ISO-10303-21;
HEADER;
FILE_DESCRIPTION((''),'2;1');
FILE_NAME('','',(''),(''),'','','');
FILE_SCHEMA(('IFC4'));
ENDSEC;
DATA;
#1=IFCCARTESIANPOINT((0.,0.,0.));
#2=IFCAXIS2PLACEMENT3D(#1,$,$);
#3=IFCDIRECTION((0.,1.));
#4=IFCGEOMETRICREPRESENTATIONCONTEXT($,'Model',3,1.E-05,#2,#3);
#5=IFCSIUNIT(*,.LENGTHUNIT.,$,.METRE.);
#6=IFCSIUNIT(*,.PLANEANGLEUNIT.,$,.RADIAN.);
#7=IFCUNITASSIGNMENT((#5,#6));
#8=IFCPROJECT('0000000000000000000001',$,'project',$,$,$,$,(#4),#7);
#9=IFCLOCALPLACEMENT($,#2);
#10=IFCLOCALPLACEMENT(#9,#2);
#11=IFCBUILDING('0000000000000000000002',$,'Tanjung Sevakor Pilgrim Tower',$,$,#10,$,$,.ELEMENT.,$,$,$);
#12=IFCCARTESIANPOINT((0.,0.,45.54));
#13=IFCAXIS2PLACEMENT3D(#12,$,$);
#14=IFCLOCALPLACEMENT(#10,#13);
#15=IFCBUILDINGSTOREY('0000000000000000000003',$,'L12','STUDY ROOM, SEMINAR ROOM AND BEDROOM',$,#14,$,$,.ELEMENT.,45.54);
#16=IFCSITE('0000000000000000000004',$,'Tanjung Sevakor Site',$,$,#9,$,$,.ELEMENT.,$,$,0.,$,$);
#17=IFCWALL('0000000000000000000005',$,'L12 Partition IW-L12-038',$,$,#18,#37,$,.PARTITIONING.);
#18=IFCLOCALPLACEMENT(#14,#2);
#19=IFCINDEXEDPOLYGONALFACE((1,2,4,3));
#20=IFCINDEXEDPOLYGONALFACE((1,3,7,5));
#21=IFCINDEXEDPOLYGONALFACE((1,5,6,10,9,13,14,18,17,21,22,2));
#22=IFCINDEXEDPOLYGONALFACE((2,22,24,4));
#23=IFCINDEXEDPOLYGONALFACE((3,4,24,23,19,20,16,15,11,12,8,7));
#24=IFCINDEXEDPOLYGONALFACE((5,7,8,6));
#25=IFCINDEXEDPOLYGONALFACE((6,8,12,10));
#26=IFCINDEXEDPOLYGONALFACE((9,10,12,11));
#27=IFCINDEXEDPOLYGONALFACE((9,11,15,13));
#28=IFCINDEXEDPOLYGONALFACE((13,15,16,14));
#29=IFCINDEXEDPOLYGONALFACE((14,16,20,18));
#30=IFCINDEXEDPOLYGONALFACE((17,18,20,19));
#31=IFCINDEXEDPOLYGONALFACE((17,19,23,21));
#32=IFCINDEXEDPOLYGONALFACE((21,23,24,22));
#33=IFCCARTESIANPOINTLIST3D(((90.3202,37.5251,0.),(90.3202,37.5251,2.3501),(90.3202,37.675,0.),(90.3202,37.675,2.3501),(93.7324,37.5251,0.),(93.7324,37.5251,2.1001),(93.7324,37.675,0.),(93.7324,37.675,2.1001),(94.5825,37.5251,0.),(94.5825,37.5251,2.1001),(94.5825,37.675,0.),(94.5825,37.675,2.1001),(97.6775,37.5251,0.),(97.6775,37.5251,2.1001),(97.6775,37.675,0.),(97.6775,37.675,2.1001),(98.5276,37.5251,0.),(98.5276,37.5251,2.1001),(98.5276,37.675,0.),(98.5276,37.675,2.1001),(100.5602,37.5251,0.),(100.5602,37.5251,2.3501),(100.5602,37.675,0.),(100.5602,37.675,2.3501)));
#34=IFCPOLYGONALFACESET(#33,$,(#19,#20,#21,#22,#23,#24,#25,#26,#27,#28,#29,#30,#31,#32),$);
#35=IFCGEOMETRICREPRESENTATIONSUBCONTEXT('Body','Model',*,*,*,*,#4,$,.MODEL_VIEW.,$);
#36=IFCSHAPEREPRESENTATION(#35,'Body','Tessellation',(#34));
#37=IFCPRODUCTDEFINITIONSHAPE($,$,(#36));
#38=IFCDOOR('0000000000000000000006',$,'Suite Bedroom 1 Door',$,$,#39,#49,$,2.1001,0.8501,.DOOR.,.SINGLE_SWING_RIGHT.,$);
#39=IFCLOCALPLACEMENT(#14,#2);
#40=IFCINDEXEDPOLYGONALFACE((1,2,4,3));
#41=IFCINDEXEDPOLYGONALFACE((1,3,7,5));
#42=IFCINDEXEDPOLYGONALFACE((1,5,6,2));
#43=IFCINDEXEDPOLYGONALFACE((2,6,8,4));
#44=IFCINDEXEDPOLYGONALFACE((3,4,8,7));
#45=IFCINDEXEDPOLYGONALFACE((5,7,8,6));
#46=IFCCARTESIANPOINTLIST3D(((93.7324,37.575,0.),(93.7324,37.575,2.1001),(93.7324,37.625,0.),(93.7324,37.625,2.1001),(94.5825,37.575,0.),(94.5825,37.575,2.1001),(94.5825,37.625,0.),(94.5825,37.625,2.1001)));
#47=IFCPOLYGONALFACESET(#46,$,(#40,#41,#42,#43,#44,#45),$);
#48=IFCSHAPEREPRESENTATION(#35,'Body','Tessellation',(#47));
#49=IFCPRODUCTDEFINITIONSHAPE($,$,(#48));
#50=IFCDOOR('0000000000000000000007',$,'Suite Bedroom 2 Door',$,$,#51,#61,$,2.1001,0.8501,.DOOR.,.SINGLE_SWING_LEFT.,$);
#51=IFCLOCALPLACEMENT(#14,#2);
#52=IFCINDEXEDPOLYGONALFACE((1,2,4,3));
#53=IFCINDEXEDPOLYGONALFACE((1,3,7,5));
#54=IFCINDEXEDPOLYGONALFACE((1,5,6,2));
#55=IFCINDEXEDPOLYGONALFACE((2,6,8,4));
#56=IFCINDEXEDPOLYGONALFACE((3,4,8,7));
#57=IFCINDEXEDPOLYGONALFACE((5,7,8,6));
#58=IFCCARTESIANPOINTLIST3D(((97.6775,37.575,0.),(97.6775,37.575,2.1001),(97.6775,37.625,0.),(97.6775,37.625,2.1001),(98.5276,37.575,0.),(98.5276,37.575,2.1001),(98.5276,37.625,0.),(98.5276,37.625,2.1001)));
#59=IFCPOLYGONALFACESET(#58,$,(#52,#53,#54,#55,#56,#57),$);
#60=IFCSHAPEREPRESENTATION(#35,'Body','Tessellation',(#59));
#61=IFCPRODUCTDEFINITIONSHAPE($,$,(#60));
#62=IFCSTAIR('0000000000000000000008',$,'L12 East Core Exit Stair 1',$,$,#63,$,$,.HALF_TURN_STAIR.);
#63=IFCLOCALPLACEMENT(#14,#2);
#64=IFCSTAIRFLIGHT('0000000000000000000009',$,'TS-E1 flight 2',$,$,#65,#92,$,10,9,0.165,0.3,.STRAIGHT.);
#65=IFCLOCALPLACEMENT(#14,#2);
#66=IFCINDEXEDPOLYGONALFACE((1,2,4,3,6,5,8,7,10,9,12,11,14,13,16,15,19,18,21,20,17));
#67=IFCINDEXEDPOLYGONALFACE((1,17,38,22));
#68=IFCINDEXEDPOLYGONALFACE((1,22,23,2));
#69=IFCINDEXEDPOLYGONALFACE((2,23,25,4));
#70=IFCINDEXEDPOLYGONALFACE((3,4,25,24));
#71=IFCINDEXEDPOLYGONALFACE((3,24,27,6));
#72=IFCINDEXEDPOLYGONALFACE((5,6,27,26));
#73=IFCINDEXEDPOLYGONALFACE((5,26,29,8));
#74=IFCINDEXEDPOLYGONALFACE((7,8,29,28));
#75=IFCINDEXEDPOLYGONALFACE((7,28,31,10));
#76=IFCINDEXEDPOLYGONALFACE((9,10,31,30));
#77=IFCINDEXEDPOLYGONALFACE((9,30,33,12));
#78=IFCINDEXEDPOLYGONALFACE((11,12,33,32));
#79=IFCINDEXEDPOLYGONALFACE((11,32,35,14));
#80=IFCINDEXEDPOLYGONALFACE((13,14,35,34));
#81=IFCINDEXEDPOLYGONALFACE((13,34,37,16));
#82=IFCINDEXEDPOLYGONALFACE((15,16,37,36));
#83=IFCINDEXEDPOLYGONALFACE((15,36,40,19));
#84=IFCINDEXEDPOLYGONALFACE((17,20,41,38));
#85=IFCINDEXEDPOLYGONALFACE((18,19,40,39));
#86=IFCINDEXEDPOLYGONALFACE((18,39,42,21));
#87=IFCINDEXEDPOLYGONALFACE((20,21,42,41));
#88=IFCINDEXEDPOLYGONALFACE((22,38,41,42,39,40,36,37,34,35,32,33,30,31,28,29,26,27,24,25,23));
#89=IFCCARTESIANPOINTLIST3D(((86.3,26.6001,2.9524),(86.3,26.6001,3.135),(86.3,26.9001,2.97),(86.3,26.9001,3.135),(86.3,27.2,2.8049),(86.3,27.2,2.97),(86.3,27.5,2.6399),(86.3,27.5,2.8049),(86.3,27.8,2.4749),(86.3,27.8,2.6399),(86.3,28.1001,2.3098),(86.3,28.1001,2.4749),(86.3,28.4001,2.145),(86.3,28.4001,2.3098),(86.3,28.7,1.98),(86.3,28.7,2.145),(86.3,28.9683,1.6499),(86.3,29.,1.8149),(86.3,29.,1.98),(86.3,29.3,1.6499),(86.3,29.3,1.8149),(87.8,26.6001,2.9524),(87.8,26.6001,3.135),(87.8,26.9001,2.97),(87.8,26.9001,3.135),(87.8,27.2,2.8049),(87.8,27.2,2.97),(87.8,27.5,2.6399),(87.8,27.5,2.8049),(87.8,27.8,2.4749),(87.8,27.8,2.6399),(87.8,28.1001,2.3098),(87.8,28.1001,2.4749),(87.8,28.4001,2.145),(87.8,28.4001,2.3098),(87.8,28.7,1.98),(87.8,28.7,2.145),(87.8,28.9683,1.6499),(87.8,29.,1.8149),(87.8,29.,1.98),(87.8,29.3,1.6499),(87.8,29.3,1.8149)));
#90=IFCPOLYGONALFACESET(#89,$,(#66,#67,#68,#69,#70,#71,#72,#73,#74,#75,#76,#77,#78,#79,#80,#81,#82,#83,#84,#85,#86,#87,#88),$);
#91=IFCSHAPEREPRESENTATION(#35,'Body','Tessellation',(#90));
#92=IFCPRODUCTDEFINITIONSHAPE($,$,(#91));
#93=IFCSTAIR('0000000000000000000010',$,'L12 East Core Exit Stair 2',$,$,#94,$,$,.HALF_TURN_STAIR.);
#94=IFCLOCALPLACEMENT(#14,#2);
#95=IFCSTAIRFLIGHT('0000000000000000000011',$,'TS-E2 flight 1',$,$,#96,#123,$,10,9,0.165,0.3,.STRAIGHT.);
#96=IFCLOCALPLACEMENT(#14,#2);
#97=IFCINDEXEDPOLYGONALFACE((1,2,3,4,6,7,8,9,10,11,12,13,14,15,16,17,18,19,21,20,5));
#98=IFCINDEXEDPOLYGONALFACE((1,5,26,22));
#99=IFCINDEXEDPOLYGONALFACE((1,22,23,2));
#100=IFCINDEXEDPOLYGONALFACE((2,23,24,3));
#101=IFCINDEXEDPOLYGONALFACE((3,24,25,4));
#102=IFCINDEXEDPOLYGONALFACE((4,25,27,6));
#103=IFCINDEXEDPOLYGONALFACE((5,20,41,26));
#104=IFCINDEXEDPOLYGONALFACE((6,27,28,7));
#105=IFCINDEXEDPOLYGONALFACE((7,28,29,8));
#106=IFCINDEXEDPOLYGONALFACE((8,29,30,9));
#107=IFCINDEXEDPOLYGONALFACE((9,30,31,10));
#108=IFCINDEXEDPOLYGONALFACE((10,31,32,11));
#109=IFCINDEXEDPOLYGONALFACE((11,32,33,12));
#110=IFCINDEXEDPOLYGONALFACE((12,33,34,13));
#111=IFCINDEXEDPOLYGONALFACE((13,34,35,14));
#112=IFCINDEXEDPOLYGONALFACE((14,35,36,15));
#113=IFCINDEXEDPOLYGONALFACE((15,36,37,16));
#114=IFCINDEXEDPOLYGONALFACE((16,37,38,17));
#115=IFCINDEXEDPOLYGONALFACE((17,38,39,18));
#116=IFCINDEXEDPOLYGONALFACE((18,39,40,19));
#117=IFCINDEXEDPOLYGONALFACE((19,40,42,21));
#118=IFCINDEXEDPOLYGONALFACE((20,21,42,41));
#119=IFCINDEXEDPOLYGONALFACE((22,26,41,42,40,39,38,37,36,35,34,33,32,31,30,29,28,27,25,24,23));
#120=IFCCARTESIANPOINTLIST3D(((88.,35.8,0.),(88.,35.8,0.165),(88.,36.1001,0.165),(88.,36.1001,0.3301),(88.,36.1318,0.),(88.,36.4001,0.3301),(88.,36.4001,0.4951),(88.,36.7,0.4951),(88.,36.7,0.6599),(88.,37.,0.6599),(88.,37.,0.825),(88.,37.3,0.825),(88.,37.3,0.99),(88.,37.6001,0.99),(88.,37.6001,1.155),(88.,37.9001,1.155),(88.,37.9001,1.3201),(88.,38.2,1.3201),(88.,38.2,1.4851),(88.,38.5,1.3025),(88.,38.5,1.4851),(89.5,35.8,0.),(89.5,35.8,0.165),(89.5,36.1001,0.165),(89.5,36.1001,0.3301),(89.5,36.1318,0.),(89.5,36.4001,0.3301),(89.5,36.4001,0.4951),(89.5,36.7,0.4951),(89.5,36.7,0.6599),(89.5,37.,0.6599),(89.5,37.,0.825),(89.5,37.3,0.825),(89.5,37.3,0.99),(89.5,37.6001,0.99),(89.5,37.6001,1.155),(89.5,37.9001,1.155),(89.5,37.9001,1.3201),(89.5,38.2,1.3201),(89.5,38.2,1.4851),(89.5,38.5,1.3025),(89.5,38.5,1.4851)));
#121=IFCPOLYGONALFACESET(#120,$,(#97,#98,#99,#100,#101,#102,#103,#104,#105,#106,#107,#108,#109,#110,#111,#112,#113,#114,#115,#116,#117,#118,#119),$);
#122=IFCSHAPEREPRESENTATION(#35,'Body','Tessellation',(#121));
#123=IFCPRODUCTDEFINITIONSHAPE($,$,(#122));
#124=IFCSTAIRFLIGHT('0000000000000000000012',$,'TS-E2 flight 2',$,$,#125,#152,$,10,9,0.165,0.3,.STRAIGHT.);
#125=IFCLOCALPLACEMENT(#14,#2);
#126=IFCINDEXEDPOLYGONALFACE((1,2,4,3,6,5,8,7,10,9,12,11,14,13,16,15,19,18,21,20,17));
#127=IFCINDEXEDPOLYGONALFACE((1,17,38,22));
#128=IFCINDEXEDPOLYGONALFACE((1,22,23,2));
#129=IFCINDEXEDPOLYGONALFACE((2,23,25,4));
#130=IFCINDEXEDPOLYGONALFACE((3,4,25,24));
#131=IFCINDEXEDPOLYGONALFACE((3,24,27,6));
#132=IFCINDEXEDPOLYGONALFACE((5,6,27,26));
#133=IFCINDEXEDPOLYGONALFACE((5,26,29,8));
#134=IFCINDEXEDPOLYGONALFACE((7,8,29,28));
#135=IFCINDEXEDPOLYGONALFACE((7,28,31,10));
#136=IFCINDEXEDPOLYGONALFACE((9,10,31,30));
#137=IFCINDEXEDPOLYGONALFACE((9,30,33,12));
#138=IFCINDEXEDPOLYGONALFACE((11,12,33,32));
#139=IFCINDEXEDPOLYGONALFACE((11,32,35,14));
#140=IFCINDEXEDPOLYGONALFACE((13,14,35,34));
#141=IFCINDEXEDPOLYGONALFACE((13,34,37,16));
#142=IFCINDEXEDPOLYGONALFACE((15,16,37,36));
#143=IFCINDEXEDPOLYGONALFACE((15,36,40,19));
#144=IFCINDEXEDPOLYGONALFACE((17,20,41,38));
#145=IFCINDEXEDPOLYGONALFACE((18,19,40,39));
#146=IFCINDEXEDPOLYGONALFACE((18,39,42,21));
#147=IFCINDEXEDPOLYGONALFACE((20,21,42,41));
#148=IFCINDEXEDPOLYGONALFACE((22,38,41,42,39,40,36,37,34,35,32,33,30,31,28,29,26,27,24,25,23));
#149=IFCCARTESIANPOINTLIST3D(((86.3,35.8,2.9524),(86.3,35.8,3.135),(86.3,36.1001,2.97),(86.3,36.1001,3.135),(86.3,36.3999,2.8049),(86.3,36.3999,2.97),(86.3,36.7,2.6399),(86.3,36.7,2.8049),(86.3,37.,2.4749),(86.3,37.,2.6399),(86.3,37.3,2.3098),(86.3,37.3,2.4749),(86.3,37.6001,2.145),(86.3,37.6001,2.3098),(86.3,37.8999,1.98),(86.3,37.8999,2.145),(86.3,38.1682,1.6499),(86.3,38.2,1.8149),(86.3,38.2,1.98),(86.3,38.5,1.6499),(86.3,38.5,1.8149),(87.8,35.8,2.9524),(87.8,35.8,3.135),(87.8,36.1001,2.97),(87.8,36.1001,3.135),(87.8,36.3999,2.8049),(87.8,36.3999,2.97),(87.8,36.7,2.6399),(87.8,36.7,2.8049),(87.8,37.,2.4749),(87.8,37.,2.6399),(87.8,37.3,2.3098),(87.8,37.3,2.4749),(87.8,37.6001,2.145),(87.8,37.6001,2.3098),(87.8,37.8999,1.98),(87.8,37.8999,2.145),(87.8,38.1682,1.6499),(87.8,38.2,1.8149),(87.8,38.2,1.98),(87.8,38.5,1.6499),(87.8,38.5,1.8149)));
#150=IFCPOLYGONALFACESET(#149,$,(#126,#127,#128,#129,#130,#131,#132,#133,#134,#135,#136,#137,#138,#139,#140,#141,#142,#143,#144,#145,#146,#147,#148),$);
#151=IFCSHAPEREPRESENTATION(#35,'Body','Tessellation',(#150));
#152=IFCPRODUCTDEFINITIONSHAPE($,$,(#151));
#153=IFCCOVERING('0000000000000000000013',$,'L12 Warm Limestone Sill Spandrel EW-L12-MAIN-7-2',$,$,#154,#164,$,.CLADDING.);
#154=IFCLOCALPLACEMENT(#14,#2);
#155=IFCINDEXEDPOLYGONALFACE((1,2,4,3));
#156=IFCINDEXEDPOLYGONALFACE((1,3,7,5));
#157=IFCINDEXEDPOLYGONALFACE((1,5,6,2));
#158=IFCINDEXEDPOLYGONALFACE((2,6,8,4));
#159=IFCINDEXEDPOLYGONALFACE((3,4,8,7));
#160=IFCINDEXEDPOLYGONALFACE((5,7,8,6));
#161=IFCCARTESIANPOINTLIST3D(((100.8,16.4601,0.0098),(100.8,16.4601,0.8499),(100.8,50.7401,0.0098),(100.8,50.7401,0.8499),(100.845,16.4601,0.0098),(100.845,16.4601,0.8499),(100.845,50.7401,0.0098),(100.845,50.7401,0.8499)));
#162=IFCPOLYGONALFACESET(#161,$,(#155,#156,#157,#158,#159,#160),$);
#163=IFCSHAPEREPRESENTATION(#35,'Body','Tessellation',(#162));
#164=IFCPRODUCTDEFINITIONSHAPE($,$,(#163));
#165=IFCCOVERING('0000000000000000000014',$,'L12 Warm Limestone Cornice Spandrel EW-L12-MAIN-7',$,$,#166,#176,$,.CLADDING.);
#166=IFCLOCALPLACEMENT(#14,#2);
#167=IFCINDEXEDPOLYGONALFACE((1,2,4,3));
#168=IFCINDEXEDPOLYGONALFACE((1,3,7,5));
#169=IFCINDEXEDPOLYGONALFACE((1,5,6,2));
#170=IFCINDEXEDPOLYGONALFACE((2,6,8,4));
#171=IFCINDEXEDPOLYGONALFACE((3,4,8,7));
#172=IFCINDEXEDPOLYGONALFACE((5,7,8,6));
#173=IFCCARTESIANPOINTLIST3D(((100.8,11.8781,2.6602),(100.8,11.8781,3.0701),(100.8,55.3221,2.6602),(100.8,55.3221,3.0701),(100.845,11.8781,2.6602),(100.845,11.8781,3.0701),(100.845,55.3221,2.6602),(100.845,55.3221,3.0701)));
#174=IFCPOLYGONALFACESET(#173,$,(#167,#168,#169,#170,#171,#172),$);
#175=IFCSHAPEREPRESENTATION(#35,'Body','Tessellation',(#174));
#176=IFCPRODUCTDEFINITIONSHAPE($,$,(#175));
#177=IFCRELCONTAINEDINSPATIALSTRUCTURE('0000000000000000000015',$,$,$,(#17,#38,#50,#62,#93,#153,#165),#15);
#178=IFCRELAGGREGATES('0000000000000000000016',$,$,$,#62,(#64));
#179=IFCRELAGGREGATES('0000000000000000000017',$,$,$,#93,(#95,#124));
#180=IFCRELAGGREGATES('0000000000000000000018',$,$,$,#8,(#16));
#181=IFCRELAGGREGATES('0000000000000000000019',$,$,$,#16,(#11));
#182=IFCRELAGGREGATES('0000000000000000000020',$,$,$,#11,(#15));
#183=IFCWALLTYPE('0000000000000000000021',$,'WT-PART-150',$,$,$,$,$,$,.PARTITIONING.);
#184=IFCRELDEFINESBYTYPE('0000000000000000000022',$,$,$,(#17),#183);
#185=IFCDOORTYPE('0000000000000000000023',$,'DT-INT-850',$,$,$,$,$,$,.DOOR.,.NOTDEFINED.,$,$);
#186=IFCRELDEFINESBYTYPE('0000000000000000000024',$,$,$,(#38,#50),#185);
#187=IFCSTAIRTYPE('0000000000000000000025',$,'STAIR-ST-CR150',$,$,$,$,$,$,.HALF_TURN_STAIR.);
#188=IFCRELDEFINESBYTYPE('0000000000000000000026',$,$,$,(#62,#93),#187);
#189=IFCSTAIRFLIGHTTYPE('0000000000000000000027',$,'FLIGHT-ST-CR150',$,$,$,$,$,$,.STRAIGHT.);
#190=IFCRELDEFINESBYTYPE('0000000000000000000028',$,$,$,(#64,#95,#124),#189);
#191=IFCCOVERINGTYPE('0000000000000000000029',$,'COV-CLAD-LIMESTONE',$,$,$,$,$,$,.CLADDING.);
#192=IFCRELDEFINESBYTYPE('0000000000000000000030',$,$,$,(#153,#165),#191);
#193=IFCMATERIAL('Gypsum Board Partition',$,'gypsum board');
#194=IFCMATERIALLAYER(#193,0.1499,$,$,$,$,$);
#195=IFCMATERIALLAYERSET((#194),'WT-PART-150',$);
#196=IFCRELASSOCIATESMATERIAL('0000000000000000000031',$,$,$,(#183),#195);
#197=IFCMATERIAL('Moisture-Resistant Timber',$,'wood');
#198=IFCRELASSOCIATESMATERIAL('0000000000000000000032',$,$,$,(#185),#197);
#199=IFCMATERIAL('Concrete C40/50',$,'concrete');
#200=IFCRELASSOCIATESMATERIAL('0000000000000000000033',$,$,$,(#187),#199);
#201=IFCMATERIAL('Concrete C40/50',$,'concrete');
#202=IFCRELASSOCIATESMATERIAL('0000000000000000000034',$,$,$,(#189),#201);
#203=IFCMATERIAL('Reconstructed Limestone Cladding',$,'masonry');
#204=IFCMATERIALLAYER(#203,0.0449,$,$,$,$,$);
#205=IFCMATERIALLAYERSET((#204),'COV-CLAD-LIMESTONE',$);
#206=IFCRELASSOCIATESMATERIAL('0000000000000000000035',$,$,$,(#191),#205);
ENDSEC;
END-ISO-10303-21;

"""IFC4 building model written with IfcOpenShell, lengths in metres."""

from ifc_helpers import new_model, si_unit, direction, frame, frame_2d, origin, origin_2d, place, context, subcontext, project, spatial, polyline, rectangle, outline, extrude, material, layer, layer_set, type_object, element, fill, aggregate, save


model = new_model("IFC4")

# Units and contexts
model_context = context("Model", 3, precision=1e-05, world=origin(), true_north=direction((0.0, 1.0)))
body_context = subcontext(model_context, "Body", "Model", "MODEL_VIEW")
ifc_project = project(units=[si_unit("LENGTHUNIT", "METRE"), si_unit("PLANEANGLEUNIT", "RADIAN")], contexts=[model_context])

# Site, building, storey
site_placement = place(None, origin())
site = spatial("IfcSite", under=ifc_project, at=site_placement, Name="Tanjung Sevakor Site", CompositionType="ELEMENT", RefElevation=0.0)
building_placement = place(site_placement, origin())
building = spatial("IfcBuilding", under=site, at=building_placement, Name="Tanjung Sevakor Pilgrim Tower", CompositionType="ELEMENT")
storey_placement = place(building_placement, frame((0.0, 0.0, 45.54)))
storey = spatial("IfcBuildingStorey", under=building, at=storey_placement, Name="L12", Description="STUDY ROOM, SEMINAR ROOM AND BEDROOM", CompositionType="ELEMENT", Elevation=45.54)

# Shared definitions
ifc_material_1 = material(Name="Gypsum Board Partition", Category="gypsum board")
ifc_layer_1 = layer(ifc_material_1, 0.1499)
ifc_layer_set_1 = layer_set([ifc_layer_1], Name="WT-PART-150")
wall_type_1 = type_object("IfcWallType", Name="WT-PART-150", PredefinedType="PARTITIONING", material=ifc_layer_set_1)

# Wall, openings, doors
wall_1_placement = place(storey_placement, frame((90.3201, 37.6001, 0.0), z_axis=(0.0, 0.0, 1.0), x_axis=(1.0, 0.0, 0.0)))
wall_1 = element("IfcWall", 1, at=wall_1_placement, inside=storey, type_object=wall_type_1, Name="L12 Partition IW-L12-038", PredefinedType="PARTITIONING", context=body_context, shape_type="SweptSolid", body=[
    extrude(rectangle(XDim=10.24, YDim=0.1499, at=frame_2d((5.1201, 0.0))), origin(), (0.0, 0.0, 1.0), 2.3501),
])
opening_1_placement = place(wall_1_placement, frame((3.4124, 0.0, 0.0)))
opening_1 = element("IfcOpeningElement", 2, at=opening_1_placement, cuts=wall_1, PredefinedType="OPENING", context=body_context, shape_type="SweptSolid", body=[
    extrude(rectangle(XDim=0.8501, YDim=2.1001, at=frame_2d((0.425, 1.05))), frame((0.0, 0.085, 0.0), z_axis=(0.0, -1.0, 0.0), x_axis=(1.0, 0.0, 0.0)), (0.0, 0.0, 1.0), 0.1699),
])
opening_2_placement = place(wall_1_placement, frame((7.3574, 0.0, 0.0)))
opening_2 = element("IfcOpeningElement", 3, at=opening_2_placement, cuts=wall_1, PredefinedType="OPENING", context=body_context, shape_type="SweptSolid", body=[
    extrude(rectangle(XDim=0.8501, YDim=2.1001, at=frame_2d((0.425, 1.05))), frame((0.0, 0.085, 0.0), z_axis=(0.0, -1.0, 0.0), x_axis=(1.0, 0.0, 0.0)), (0.0, 0.0, 1.0), 0.1699),
])
ifc_material_2 = material(Name="Moisture-Resistant Timber", Category="wood")
door_type = type_object("IfcDoorType", Name="DT-INT-850", OperationType="NOTDEFINED", PredefinedType="DOOR", material=ifc_material_2)
door_1_placement = place(opening_1_placement, origin())
door_1 = element("IfcDoor", 4, at=door_1_placement, inside=storey, type_object=door_type, Name="Suite Bedroom 1 Door", OperationType="SINGLE_SWING_RIGHT", OverallHeight=2.1001, OverallWidth=0.8501, PredefinedType="DOOR", context=body_context, shape_type="SweptSolid", body=[
    extrude(rectangle(XDim=0.8501, YDim=2.1001, at=frame_2d((0.425, 1.05))), frame((0.0, 0.0249, 0.0), z_axis=(0.0, -1.0, 0.0), x_axis=(1.0, 0.0, 0.0)), (0.0, 0.0, 1.0), 0.05),
])
fill(opening_1, door_1)
door_2_placement = place(opening_2_placement, origin())
door_2 = element("IfcDoor", 5, at=door_2_placement, inside=storey, type_object=door_type, Name="Suite Bedroom 2 Door", OperationType="SINGLE_SWING_LEFT", OverallHeight=2.1001, OverallWidth=0.8501, PredefinedType="DOOR", context=body_context, shape_type="SweptSolid", body=[
    extrude(rectangle(XDim=0.8501, YDim=2.1001, at=frame_2d((0.425, 1.05))), frame((0.0, 0.0249, 0.0), z_axis=(0.0, -1.0, 0.0), x_axis=(1.0, 0.0, 0.0)), (0.0, 0.0, 1.0), 0.05),
])
fill(opening_2, door_2)

# Stair, stair flight
ifc_material_3 = material(Name="Concrete C40/50", Category="concrete")
stair_type = type_object("IfcStairType", Name="STAIR-ST-CR150", PredefinedType="HALF_TURN_STAIR", material=ifc_material_3)
stair_1_placement = place(storey_placement, origin())
stair_1 = element("IfcStair", 6, at=stair_1_placement, inside=storey, type_object=stair_type, Name="L12 East Core Exit Stair 1", PredefinedType="HALF_TURN_STAIR")
ifc_material_4 = material(Name="Concrete C40/50", Category="concrete")
stair_flight_type = type_object("IfcStairFlightType", Name="FLIGHT-ST-CR150", PredefinedType="STRAIGHT", material=ifc_material_4)
stair_flight_1_placement = place(storey_placement, frame((87.05, 29.3, 1.6499), z_axis=(0.0, 0.0, 1.0), x_axis=(0.0, -1.0, 0.0)))
stair_flight_1 = element("IfcStairFlight", 7, at=stair_flight_1_placement, type_object=stair_flight_type, Name="TS-E1 flight 2", NumberOfRisers=10, NumberOfTreads=9, PredefinedType="STRAIGHT", RiserHeight=0.165, TreadLength=0.3, context=body_context, shape_type="SweptSolid", body=[
    extrude(outline(polyline([(0.0, 0.0), (0.0, 0.165), (0.3, 0.165), (0.3, 0.3301), (0.6001, 0.3301), (0.6001, 0.4951), (0.8999, 0.4951), (0.8999, 0.6599), (1.2, 0.6599), (1.2, 0.825), (1.5, 0.825), (1.5, 0.99), (1.8, 0.99), (1.8, 1.155), (2.1001, 1.155), (2.1001, 1.3201), (2.3999, 1.3201), (2.3999, 1.4851), (2.7, 1.4851), (2.7, 1.6499), (2.7, 1.3025), (0.3318, 0.0), (0.0, 0.0)])), frame((0.0, 0.75, 0.0), z_axis=(0.0, -1.0, 0.0), x_axis=(1.0, 0.0, 0.0)), (0.0, 0.0, 1.0), 1.5),
])
aggregate(stair_1, [stair_flight_1])

# Stair, stair flights
stair_2_placement = place(storey_placement, origin())
stair_2 = element("IfcStair", 8, at=stair_2_placement, inside=storey, type_object=stair_type, Name="L12 East Core Exit Stair 2", PredefinedType="HALF_TURN_STAIR")
stair_flight_2_placement = place(storey_placement, frame((88.75, 35.8, 0.0), z_axis=(0.0, 0.0, 1.0), x_axis=(0.0, 1.0, 0.0)))
stair_flight_2 = element("IfcStairFlight", 9, at=stair_flight_2_placement, type_object=stair_flight_type, Name="TS-E2 flight 1", NumberOfRisers=10, NumberOfTreads=9, PredefinedType="STRAIGHT", RiserHeight=0.165, TreadLength=0.3, context=body_context, shape_type="SweptSolid", body=[
    extrude(outline(polyline([(0.0, 0.0), (0.0, 0.165), (0.3, 0.165), (0.3, 0.3301), (0.6001, 0.3301), (0.6001, 0.4951), (0.8999, 0.4951), (0.8999, 0.6599), (1.2, 0.6599), (1.2, 0.825), (1.5, 0.825), (1.5, 0.99), (1.8, 0.99), (1.8, 1.155), (2.1001, 1.155), (2.1001, 1.3201), (2.3999, 1.3201), (2.3999, 1.4851), (2.7, 1.4851), (2.7, 1.6499), (2.7, 1.3025), (0.3318, 0.0), (0.0, 0.0)])), frame((0.0, 0.75, 0.0), z_axis=(0.0, -1.0, 0.0), x_axis=(1.0, 0.0, 0.0)), (0.0, 0.0, 1.0), 1.5),
])
stair_flight_3_placement = place(storey_placement, frame((87.05, 38.5, 1.6499), z_axis=(0.0, 0.0, 1.0), x_axis=(0.0, -1.0, 0.0)))
stair_flight_3 = element("IfcStairFlight", 10, at=stair_flight_3_placement, type_object=stair_flight_type, Name="TS-E2 flight 2", NumberOfRisers=10, NumberOfTreads=9, PredefinedType="STRAIGHT", RiserHeight=0.165, TreadLength=0.3, context=body_context, shape_type="SweptSolid", body=[
    extrude(outline(polyline([(0.0, 0.0), (0.0, 0.165), (0.3, 0.165), (0.3, 0.3301), (0.6001, 0.3301), (0.6001, 0.4951), (0.8999, 0.4951), (0.8999, 0.6599), (1.2, 0.6599), (1.2, 0.825), (1.5, 0.825), (1.5, 0.99), (1.8, 0.99), (1.8, 1.155), (2.1001, 1.155), (2.1001, 1.3201), (2.3999, 1.3201), (2.3999, 1.4851), (2.7, 1.4851), (2.7, 1.6499), (2.7, 1.3025), (0.3318, 0.0), (0.0, 0.0)])), frame((0.0, 0.75, 0.0), z_axis=(0.0, -1.0, 0.0), x_axis=(1.0, 0.0, 0.0)), (0.0, 0.0, 1.0), 1.5),
])
aggregate(stair_2, [stair_flight_2, stair_flight_3])

# Coverings
ifc_material_5 = material(Name="Reconstructed Limestone Cladding", Category="masonry")
ifc_layer_2 = layer(ifc_material_5, 0.0449)
ifc_layer_set_2 = layer_set([ifc_layer_2], Name="COV-CLAD-LIMESTONE")
covering_type = type_object("IfcCoveringType", Name="COV-CLAD-LIMESTONE", PredefinedType="CLADDING", material=ifc_layer_set_2)
covering_1_placement = place(storey_placement, frame((100.8225, 33.6001, 0.0098), z_axis=(0.0, 0.0, 1.0), x_axis=(0.0, 1.0, 0.0)))
element("IfcCovering", 11, at=covering_1_placement, inside=storey, type_object=covering_type, Name="L12 Warm Limestone Sill Spandrel EW-L12-MAIN-7-2", PredefinedType="CLADDING", context=body_context, shape_type="SweptSolid", body=[
    extrude(rectangle(XDim=34.28, YDim=0.0449, at=origin_2d()), origin(), (0.0, 0.0, 1.0), 0.8401),
])
covering_2_placement = place(storey_placement, frame((100.8225, 33.6001, 2.6602), z_axis=(0.0, 0.0, 1.0), x_axis=(0.0, 1.0, 0.0)))
element("IfcCovering", 12, at=covering_2_placement, inside=storey, type_object=covering_type, Name="L12 Warm Limestone Cornice Spandrel EW-L12-MAIN-7", PredefinedType="CLADDING", context=body_context, shape_type="SweptSolid", body=[
    extrude(rectangle(XDim=43.4441, YDim=0.0449, at=origin_2d()), origin(), (0.0, 0.0, 1.0), 0.4099),
])

save(model, "model.ifc")
